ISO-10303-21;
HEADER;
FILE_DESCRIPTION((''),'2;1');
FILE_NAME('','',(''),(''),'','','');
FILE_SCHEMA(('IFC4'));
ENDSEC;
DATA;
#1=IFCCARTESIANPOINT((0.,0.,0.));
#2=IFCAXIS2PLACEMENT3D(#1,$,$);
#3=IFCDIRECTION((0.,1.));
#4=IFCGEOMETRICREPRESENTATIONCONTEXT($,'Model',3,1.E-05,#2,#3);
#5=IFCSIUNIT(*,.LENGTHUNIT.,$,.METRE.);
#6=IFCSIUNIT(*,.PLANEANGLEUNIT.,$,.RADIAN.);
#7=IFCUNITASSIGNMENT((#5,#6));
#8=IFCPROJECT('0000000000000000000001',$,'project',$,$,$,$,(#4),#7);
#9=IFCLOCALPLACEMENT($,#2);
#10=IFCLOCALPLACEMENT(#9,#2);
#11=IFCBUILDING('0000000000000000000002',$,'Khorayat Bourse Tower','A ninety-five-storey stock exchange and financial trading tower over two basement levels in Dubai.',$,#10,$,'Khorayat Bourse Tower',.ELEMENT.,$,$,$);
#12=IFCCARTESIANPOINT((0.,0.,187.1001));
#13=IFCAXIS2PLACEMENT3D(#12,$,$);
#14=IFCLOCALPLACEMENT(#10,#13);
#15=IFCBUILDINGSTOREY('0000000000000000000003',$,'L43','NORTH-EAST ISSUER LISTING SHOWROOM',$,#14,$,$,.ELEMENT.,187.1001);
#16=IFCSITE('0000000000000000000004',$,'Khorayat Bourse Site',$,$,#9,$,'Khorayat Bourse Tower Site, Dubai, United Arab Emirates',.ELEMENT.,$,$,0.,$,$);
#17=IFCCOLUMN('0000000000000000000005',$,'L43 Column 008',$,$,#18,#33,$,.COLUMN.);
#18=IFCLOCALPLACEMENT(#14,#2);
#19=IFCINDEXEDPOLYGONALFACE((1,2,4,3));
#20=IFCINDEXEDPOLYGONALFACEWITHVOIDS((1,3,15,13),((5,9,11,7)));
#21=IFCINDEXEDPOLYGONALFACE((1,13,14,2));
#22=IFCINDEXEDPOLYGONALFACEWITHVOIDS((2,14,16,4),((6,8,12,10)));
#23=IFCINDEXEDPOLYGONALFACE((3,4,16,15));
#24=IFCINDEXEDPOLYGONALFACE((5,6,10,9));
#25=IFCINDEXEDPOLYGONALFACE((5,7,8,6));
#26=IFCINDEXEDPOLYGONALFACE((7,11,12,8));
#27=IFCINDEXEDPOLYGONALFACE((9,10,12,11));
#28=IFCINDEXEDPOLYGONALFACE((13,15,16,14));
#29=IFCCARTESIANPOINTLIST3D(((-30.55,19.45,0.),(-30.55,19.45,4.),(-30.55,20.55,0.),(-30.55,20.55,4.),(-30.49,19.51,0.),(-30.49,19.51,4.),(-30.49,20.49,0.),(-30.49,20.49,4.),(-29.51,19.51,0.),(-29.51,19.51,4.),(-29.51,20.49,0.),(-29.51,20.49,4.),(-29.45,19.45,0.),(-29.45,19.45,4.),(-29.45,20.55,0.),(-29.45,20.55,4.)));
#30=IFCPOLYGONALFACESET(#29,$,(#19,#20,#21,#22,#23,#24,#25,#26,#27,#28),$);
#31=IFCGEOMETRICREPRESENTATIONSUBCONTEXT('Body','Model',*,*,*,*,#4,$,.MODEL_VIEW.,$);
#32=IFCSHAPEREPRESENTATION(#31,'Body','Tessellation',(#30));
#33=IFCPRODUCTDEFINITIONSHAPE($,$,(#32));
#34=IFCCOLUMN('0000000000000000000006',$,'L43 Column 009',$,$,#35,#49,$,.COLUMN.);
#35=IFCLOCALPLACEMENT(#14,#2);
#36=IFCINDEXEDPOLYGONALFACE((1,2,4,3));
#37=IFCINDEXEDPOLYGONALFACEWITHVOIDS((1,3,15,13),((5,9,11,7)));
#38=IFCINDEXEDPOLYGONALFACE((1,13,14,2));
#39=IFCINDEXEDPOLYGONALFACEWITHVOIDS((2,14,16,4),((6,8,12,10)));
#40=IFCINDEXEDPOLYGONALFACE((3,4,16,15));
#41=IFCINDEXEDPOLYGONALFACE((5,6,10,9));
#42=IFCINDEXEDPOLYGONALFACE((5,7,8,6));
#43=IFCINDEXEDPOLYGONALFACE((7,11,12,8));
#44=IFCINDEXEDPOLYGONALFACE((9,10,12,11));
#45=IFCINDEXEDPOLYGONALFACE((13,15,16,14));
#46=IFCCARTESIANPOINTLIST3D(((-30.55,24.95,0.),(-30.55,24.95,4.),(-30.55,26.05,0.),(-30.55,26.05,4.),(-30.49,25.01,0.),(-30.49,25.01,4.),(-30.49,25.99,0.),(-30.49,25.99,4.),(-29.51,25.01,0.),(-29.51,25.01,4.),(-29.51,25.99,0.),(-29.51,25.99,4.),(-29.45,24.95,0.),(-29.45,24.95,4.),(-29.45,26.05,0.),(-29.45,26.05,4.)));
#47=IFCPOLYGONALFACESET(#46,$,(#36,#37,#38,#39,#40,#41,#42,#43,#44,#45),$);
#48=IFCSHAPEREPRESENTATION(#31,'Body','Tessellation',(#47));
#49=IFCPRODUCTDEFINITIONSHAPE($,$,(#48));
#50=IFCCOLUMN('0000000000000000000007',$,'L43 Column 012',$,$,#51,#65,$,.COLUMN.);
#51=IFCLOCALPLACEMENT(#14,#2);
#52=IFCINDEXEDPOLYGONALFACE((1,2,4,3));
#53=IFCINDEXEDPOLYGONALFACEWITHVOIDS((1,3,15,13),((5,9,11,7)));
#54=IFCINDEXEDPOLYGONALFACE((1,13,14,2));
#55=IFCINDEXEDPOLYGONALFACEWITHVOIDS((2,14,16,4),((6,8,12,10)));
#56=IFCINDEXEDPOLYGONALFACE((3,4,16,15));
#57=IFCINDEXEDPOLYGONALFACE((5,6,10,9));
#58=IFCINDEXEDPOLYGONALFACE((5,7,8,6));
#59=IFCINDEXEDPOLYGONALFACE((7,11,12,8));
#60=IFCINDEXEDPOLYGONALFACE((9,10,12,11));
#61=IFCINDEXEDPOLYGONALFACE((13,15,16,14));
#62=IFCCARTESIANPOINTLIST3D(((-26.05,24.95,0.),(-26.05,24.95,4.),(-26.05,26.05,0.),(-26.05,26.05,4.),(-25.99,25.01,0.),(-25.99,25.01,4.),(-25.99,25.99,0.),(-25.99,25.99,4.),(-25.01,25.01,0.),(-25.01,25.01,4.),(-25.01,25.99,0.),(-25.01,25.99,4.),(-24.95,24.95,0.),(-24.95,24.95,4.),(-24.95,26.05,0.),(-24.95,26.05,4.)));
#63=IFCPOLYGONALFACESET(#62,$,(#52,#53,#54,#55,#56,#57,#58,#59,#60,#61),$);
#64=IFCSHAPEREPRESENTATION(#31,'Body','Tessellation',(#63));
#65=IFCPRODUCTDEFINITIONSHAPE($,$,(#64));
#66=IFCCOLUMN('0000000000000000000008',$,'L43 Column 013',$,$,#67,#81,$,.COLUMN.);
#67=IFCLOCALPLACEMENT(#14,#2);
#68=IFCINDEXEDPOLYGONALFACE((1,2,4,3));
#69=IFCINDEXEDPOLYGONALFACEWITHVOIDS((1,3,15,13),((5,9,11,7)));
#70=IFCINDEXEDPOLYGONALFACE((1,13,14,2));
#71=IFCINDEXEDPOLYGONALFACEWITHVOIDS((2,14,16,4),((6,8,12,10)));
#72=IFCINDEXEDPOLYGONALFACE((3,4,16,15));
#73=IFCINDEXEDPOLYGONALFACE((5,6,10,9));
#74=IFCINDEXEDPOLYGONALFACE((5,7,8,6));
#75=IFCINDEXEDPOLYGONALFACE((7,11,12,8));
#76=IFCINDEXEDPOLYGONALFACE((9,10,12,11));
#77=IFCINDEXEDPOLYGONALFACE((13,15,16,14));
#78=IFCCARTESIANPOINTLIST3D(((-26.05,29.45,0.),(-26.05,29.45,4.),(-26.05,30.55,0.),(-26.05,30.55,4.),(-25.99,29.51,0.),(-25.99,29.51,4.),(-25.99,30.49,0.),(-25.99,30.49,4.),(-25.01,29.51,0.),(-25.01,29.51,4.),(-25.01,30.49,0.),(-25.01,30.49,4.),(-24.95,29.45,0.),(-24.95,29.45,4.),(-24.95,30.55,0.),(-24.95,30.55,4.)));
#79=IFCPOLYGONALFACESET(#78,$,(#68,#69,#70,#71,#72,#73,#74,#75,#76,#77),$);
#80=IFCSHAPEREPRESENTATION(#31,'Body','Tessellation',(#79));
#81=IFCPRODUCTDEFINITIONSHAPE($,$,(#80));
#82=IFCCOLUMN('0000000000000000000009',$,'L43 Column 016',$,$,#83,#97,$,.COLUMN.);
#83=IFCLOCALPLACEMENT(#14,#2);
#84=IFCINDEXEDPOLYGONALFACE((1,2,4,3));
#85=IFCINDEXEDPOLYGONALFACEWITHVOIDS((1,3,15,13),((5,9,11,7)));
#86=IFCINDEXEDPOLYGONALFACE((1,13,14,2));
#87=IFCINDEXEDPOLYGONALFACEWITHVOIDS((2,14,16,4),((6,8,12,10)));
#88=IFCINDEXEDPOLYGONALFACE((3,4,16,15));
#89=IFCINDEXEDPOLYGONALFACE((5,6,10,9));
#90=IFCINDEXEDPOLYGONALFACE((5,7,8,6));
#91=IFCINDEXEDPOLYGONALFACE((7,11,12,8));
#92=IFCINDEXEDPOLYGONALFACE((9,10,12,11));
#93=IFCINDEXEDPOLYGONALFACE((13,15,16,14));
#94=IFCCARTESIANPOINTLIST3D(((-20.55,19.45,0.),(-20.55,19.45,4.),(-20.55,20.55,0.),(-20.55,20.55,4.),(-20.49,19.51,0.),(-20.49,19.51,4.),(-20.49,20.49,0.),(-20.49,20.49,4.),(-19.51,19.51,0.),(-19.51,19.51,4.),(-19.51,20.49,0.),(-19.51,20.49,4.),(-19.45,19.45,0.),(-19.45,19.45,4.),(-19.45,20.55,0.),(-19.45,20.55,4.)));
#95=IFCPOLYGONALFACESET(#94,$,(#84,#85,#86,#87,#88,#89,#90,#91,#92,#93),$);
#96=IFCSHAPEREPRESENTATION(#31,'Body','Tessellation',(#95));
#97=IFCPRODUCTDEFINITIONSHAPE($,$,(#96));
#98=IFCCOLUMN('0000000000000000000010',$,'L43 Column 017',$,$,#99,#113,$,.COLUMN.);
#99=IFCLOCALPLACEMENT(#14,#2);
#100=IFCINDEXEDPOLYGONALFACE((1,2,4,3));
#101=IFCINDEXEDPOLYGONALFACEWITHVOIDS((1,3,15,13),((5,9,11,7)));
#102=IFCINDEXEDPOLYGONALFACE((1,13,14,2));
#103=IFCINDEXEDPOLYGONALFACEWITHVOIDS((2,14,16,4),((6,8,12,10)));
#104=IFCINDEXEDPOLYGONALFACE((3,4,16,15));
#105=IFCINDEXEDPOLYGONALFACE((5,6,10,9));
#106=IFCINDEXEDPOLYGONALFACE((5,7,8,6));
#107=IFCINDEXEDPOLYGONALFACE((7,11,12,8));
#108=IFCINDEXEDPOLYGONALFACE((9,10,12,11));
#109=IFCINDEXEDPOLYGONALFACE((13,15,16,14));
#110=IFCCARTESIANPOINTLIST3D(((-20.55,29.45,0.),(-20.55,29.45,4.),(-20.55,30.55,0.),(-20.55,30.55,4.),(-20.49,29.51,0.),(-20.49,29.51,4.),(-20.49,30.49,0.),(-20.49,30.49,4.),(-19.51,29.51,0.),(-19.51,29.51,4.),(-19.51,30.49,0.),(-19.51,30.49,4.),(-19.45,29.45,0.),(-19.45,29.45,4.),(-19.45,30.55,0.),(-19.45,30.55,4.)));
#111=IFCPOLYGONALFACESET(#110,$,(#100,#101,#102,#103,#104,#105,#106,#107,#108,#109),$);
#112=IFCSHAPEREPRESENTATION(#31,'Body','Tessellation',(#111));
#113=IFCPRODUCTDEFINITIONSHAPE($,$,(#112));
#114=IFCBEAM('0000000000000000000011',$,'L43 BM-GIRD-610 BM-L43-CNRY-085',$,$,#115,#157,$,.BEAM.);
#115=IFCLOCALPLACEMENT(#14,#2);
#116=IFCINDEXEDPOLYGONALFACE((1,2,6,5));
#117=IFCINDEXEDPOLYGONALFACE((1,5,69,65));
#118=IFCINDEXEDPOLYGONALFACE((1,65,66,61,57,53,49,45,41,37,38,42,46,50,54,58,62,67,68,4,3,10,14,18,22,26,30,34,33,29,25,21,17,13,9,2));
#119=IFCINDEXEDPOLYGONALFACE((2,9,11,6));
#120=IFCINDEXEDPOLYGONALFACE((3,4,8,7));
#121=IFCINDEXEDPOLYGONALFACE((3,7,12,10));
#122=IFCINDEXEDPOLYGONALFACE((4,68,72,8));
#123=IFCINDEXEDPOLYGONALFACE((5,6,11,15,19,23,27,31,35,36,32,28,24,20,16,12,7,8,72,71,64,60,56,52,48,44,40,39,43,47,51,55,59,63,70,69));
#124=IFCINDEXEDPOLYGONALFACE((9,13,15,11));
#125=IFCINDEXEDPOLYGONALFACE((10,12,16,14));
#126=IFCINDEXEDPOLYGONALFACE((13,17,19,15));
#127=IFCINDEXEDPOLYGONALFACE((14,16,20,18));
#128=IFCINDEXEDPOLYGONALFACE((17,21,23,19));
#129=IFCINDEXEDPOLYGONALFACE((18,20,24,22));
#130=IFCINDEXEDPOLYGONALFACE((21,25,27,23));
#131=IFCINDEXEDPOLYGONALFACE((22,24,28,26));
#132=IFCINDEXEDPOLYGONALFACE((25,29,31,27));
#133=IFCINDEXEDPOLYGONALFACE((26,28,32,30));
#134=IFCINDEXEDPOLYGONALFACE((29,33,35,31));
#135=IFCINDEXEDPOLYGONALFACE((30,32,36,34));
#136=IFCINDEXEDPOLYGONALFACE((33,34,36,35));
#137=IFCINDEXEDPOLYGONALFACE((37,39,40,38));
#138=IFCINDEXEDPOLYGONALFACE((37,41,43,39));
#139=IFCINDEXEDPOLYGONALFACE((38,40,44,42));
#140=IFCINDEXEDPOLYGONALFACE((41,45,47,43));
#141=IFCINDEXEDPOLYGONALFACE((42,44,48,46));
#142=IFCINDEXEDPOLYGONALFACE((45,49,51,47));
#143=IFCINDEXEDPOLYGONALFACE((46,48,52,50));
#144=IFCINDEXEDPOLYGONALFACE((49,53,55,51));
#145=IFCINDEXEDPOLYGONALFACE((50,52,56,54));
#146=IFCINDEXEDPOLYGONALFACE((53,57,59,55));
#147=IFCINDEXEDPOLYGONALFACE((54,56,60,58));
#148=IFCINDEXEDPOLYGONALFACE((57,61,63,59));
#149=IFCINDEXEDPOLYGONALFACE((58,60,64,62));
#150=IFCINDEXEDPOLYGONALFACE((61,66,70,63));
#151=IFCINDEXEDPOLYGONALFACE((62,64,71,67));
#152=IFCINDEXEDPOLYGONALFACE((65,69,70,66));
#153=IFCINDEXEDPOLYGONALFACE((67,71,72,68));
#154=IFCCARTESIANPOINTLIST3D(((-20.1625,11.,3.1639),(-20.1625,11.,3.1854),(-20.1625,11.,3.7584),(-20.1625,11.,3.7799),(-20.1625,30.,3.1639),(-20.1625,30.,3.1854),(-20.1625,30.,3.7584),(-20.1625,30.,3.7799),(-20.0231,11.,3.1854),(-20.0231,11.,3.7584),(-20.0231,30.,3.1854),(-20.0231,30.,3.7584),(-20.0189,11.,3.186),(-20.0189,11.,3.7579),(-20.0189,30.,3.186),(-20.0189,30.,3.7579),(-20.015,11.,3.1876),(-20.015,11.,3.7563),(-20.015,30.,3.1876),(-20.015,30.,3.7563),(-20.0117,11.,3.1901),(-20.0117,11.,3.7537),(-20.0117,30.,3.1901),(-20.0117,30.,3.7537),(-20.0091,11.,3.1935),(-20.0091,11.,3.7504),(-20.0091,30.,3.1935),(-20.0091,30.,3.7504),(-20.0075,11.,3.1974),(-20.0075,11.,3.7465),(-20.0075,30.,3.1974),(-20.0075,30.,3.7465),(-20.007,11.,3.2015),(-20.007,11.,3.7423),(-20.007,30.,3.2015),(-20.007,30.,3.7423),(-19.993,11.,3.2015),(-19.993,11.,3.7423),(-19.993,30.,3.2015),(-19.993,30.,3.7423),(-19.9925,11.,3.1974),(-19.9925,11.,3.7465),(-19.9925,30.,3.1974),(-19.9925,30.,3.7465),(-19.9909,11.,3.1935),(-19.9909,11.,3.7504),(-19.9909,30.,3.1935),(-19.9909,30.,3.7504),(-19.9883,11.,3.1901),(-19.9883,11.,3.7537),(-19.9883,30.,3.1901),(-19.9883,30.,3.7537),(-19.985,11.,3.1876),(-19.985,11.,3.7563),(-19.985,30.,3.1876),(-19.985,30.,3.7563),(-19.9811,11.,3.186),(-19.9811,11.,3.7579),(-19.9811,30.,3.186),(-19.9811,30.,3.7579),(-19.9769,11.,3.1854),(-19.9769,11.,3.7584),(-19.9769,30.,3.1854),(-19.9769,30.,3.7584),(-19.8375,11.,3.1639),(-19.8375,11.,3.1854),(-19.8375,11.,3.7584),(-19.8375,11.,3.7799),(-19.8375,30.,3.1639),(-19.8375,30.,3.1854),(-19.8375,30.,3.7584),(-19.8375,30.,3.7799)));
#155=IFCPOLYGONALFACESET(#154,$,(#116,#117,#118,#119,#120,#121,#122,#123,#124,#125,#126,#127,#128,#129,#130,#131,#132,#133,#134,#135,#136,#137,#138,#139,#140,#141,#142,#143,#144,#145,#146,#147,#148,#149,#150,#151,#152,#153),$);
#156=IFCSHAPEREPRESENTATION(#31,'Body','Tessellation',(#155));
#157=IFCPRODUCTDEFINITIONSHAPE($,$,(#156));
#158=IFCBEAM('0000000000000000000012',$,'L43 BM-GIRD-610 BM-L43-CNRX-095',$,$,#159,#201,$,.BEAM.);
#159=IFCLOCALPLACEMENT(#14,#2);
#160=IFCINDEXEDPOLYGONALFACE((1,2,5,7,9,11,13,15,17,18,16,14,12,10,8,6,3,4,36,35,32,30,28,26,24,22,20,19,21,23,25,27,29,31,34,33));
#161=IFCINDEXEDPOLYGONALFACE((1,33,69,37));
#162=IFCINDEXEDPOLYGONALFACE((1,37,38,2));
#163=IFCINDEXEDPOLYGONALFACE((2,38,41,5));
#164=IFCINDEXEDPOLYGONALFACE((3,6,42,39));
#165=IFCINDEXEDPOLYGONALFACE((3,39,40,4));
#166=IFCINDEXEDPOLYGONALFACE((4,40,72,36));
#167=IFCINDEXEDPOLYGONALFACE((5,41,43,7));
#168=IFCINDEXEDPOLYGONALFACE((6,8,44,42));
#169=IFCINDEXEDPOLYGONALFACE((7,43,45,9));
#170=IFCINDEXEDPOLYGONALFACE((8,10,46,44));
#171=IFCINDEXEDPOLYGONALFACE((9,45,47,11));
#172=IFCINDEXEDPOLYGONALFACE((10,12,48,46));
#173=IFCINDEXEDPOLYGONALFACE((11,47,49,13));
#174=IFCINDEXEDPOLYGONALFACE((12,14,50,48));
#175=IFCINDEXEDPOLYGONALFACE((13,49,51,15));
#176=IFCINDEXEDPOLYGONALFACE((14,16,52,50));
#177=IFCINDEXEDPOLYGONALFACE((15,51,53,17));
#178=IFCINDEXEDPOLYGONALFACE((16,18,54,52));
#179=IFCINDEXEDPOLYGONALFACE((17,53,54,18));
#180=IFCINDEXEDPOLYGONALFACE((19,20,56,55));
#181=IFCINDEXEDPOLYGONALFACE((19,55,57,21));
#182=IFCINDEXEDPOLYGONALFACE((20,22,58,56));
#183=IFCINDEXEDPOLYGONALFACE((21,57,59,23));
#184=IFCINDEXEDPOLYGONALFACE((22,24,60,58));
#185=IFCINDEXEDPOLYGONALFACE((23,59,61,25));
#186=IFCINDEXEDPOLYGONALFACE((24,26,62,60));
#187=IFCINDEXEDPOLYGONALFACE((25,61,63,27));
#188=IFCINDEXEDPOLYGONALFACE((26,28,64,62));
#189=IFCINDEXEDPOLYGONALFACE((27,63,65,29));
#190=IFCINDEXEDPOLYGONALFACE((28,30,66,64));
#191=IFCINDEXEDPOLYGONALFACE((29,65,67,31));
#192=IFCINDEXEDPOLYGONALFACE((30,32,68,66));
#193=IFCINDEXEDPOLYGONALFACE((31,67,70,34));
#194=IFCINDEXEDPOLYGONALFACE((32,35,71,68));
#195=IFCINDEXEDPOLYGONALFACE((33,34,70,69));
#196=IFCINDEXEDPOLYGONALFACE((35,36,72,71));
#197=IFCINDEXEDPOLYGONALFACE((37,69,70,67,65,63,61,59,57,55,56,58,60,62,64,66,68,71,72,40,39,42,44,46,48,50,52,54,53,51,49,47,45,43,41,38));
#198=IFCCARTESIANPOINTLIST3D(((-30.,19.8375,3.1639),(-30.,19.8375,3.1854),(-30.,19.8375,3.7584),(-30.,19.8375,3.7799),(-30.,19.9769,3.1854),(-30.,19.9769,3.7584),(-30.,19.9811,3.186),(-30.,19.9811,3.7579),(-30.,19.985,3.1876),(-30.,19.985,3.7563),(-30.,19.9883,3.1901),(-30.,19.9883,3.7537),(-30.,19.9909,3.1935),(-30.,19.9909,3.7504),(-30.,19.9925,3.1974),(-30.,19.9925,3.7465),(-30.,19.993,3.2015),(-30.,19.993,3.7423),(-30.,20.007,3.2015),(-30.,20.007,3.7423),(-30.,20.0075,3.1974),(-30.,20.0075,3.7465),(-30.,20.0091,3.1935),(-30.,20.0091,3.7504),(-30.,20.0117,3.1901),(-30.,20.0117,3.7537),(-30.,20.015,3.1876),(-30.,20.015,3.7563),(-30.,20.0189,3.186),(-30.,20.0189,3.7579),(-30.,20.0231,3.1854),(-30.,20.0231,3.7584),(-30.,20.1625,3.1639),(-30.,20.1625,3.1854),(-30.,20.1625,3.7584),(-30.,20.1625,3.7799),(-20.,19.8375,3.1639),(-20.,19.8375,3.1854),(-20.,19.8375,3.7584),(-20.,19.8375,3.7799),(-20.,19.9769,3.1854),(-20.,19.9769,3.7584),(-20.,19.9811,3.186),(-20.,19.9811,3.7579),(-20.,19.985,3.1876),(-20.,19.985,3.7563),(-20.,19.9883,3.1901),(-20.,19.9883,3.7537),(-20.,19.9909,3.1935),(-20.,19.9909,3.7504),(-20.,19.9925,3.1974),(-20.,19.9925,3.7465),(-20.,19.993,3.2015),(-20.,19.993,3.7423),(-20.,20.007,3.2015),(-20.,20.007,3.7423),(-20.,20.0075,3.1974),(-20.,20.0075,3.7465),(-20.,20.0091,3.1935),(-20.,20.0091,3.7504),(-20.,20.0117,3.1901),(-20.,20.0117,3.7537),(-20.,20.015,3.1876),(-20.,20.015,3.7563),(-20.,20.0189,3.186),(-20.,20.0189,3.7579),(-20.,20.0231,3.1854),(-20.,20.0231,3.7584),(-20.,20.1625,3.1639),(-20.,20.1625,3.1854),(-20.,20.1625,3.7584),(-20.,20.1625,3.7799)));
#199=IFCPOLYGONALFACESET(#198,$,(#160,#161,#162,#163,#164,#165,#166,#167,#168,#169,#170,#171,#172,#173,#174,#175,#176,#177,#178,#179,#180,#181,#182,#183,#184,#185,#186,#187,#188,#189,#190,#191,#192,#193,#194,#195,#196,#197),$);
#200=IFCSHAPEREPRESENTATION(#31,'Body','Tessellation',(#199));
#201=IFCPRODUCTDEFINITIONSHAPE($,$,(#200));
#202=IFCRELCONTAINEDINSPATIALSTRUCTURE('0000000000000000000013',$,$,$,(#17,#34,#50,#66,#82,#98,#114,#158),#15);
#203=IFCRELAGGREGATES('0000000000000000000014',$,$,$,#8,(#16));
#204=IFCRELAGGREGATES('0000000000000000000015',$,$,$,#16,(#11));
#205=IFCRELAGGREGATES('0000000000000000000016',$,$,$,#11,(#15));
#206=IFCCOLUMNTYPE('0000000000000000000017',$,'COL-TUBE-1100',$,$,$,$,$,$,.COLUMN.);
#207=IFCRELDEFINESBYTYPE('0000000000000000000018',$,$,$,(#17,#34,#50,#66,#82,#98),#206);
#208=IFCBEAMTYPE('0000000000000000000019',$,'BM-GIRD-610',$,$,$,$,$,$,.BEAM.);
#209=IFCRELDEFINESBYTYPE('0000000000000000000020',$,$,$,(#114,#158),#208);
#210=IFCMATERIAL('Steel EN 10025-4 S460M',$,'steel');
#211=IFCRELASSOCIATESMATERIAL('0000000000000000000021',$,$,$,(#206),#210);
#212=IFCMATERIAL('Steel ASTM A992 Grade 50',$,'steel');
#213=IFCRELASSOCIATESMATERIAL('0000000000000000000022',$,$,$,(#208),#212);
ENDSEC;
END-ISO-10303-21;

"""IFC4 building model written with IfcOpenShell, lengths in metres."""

from ifc_helpers import new_model, si_unit, direction, frame, origin, origin_2d, place, context, subcontext, project, spatial, hollow_rectangle, i_section, extrude, source, transform, mapped, material, material_profile, profile_set, type_object, element, save


model = new_model("IFC4")

# Units and contexts
model_context = context("Model", 3, precision=1e-05, world=origin(), true_north=direction((0.0, 1.0)))
body_context = subcontext(model_context, "Body", "Model", "MODEL_VIEW")
ifc_project = project(units=[si_unit("LENGTHUNIT", "METRE"), si_unit("PLANEANGLEUNIT", "RADIAN")], contexts=[model_context])

# Site, building, storey
site_placement = place(None, origin())
site = spatial("IfcSite", under=ifc_project, at=site_placement, Name="Khorayat Bourse Site", LongName="Khorayat Bourse Tower Site, Dubai, United Arab Emirates", CompositionType="ELEMENT", RefElevation=0.0)
building_placement = place(site_placement, origin())
building = spatial("IfcBuilding", under=site, at=building_placement, Name="Khorayat Bourse Tower", Description="A ninety-five-storey stock exchange and financial trading tower over two basement levels in Dubai.", LongName="Khorayat Bourse Tower", CompositionType="ELEMENT")
storey_placement = place(building_placement, frame((0.0, 0.0, 187.1001)))
storey = spatial("IfcBuildingStorey", under=building, at=storey_placement, Name="L43", Description="NORTH-EAST ISSUER LISTING SHOWROOM", CompositionType="ELEMENT", Elevation=187.1001)

# Columns
ifc_material_1 = material(Name="Steel EN 10025-4 S460M", Category="steel")
ifc_material_profile_1 = material_profile(ifc_material_1, hollow_rectangle(XDim=1.1001, YDim=1.1001, WallThickness=0.0601, at=origin_2d()), Name="BOX 1100x1100x60")
ifc_profile_set_1 = profile_set([ifc_material_profile_1], Name="Steel EN 10025-4 S460M")
column_type = type_object("IfcColumnType", Name="COL-TUBE-1100", PredefinedType="COLUMN", material=ifc_profile_set_1)
shared_shape_1 = source(origin(), body_context, "Body", "SweptSolid", [
    extrude(hollow_rectangle(XDim=1.1001, YDim=1.1001, WallThickness=0.0601, at=origin_2d()), origin(), (0.0, 0.0, 1.0), 4.0),
])
for number, where, z_axis, x_axis, name in (
    (1, (-30.0, 20.0, 0.0), (0.0, 0.0, 1.0), (1.0, 0.0, 0.0), "L43 Column 008"),
    (2, (-30.0, 25.5, 0.0), (0.0, 0.0, 1.0), (1.0, 0.0, 0.0), "L43 Column 009"),
    (3, (-25.5, 25.5, 0.0), (0.0, 0.0, 1.0), (1.0, 0.0, 0.0), "L43 Column 012"),
    (4, (-25.5, 30.0, 0.0), (0.0, 0.0, 1.0), (1.0, 0.0, 0.0), "L43 Column 013"),
    (5, (-20.0, 20.0, 0.0), (0.0, 0.0, 1.0), (1.0, 0.0, 0.0), "L43 Column 016"),
    (6, (-20.0, 30.0, 0.0), (0.0, 0.0, 1.0), (1.0, 0.0, 0.0), "L43 Column 017"),
):
    element("IfcColumn", number, at=place(storey_placement, frame(where, z_axis=z_axis, x_axis=x_axis)), inside=storey, type_object=column_type, Name=name, PredefinedType="COLUMN", context=body_context, shape_type="MappedRepresentation", body=[
        mapped(shared_shape_1, transform((0.0, 0.0, 0.0), scale=1.0)),
    ])

# Beams
ifc_material_2 = material(Name="Steel ASTM A992 Grade 50", Category="steel")
ifc_material_profile_2 = material_profile(ifc_material_2, i_section(OverallWidth=0.325, OverallDepth=0.616, WebThickness=0.0139, FlangeThickness=0.0215, FilletRadius=0.0161, at=origin_2d()), Name="W610X174")
ifc_profile_set_2 = profile_set([ifc_material_profile_2], Name="Steel ASTM A992 Grade 50")
beam_type_1 = type_object("IfcBeamType", Name="BM-GIRD-610", PredefinedType="BEAM", material=ifc_profile_set_2)
shared_shape_2 = source(origin(), body_context, "Body", "SweptSolid", [
    extrude(i_section(OverallWidth=0.325, OverallDepth=0.616, WebThickness=0.0139, FlangeThickness=0.0215, FilletRadius=0.0161, at=origin_2d()), origin(), (0.0, 0.0, 1.0), 19.0),
])
beam_1_placement = place(storey_placement, frame((-20.0, 11.0, 3.4719), z_axis=(0.0, 1.0, 0.0), x_axis=(-1.0, 0.0, 0.0)))
element("IfcBeam", 7, at=beam_1_placement, inside=storey, type_object=beam_type_1, Name="L43 BM-GIRD-610 BM-L43-CNRY-085", PredefinedType="BEAM", context=body_context, shape_type="MappedRepresentation", body=[
    mapped(shared_shape_2, transform((0.0, 0.0, 0.0), scale=1.0)),
])
shared_shape_3 = source(origin(), body_context, "Body", "SweptSolid", [
    extrude(i_section(OverallWidth=0.325, OverallDepth=0.616, WebThickness=0.0139, FlangeThickness=0.0215, FilletRadius=0.0161, at=origin_2d()), origin(), (0.0, 0.0, 1.0), 10.0),
])
beam_2_placement = place(storey_placement, frame((-30.0, 20.0, 3.4719), z_axis=(1.0, 0.0, 0.0), x_axis=(0.0, 1.0, 0.0)))
element("IfcBeam", 8, at=beam_2_placement, inside=storey, type_object=beam_type_1, Name="L43 BM-GIRD-610 BM-L43-CNRX-095", PredefinedType="BEAM", context=body_context, shape_type="MappedRepresentation", body=[
    mapped(shared_shape_3, transform((0.0, 0.0, 0.0), scale=1.0)),
])

save(model, "model.ifc")
